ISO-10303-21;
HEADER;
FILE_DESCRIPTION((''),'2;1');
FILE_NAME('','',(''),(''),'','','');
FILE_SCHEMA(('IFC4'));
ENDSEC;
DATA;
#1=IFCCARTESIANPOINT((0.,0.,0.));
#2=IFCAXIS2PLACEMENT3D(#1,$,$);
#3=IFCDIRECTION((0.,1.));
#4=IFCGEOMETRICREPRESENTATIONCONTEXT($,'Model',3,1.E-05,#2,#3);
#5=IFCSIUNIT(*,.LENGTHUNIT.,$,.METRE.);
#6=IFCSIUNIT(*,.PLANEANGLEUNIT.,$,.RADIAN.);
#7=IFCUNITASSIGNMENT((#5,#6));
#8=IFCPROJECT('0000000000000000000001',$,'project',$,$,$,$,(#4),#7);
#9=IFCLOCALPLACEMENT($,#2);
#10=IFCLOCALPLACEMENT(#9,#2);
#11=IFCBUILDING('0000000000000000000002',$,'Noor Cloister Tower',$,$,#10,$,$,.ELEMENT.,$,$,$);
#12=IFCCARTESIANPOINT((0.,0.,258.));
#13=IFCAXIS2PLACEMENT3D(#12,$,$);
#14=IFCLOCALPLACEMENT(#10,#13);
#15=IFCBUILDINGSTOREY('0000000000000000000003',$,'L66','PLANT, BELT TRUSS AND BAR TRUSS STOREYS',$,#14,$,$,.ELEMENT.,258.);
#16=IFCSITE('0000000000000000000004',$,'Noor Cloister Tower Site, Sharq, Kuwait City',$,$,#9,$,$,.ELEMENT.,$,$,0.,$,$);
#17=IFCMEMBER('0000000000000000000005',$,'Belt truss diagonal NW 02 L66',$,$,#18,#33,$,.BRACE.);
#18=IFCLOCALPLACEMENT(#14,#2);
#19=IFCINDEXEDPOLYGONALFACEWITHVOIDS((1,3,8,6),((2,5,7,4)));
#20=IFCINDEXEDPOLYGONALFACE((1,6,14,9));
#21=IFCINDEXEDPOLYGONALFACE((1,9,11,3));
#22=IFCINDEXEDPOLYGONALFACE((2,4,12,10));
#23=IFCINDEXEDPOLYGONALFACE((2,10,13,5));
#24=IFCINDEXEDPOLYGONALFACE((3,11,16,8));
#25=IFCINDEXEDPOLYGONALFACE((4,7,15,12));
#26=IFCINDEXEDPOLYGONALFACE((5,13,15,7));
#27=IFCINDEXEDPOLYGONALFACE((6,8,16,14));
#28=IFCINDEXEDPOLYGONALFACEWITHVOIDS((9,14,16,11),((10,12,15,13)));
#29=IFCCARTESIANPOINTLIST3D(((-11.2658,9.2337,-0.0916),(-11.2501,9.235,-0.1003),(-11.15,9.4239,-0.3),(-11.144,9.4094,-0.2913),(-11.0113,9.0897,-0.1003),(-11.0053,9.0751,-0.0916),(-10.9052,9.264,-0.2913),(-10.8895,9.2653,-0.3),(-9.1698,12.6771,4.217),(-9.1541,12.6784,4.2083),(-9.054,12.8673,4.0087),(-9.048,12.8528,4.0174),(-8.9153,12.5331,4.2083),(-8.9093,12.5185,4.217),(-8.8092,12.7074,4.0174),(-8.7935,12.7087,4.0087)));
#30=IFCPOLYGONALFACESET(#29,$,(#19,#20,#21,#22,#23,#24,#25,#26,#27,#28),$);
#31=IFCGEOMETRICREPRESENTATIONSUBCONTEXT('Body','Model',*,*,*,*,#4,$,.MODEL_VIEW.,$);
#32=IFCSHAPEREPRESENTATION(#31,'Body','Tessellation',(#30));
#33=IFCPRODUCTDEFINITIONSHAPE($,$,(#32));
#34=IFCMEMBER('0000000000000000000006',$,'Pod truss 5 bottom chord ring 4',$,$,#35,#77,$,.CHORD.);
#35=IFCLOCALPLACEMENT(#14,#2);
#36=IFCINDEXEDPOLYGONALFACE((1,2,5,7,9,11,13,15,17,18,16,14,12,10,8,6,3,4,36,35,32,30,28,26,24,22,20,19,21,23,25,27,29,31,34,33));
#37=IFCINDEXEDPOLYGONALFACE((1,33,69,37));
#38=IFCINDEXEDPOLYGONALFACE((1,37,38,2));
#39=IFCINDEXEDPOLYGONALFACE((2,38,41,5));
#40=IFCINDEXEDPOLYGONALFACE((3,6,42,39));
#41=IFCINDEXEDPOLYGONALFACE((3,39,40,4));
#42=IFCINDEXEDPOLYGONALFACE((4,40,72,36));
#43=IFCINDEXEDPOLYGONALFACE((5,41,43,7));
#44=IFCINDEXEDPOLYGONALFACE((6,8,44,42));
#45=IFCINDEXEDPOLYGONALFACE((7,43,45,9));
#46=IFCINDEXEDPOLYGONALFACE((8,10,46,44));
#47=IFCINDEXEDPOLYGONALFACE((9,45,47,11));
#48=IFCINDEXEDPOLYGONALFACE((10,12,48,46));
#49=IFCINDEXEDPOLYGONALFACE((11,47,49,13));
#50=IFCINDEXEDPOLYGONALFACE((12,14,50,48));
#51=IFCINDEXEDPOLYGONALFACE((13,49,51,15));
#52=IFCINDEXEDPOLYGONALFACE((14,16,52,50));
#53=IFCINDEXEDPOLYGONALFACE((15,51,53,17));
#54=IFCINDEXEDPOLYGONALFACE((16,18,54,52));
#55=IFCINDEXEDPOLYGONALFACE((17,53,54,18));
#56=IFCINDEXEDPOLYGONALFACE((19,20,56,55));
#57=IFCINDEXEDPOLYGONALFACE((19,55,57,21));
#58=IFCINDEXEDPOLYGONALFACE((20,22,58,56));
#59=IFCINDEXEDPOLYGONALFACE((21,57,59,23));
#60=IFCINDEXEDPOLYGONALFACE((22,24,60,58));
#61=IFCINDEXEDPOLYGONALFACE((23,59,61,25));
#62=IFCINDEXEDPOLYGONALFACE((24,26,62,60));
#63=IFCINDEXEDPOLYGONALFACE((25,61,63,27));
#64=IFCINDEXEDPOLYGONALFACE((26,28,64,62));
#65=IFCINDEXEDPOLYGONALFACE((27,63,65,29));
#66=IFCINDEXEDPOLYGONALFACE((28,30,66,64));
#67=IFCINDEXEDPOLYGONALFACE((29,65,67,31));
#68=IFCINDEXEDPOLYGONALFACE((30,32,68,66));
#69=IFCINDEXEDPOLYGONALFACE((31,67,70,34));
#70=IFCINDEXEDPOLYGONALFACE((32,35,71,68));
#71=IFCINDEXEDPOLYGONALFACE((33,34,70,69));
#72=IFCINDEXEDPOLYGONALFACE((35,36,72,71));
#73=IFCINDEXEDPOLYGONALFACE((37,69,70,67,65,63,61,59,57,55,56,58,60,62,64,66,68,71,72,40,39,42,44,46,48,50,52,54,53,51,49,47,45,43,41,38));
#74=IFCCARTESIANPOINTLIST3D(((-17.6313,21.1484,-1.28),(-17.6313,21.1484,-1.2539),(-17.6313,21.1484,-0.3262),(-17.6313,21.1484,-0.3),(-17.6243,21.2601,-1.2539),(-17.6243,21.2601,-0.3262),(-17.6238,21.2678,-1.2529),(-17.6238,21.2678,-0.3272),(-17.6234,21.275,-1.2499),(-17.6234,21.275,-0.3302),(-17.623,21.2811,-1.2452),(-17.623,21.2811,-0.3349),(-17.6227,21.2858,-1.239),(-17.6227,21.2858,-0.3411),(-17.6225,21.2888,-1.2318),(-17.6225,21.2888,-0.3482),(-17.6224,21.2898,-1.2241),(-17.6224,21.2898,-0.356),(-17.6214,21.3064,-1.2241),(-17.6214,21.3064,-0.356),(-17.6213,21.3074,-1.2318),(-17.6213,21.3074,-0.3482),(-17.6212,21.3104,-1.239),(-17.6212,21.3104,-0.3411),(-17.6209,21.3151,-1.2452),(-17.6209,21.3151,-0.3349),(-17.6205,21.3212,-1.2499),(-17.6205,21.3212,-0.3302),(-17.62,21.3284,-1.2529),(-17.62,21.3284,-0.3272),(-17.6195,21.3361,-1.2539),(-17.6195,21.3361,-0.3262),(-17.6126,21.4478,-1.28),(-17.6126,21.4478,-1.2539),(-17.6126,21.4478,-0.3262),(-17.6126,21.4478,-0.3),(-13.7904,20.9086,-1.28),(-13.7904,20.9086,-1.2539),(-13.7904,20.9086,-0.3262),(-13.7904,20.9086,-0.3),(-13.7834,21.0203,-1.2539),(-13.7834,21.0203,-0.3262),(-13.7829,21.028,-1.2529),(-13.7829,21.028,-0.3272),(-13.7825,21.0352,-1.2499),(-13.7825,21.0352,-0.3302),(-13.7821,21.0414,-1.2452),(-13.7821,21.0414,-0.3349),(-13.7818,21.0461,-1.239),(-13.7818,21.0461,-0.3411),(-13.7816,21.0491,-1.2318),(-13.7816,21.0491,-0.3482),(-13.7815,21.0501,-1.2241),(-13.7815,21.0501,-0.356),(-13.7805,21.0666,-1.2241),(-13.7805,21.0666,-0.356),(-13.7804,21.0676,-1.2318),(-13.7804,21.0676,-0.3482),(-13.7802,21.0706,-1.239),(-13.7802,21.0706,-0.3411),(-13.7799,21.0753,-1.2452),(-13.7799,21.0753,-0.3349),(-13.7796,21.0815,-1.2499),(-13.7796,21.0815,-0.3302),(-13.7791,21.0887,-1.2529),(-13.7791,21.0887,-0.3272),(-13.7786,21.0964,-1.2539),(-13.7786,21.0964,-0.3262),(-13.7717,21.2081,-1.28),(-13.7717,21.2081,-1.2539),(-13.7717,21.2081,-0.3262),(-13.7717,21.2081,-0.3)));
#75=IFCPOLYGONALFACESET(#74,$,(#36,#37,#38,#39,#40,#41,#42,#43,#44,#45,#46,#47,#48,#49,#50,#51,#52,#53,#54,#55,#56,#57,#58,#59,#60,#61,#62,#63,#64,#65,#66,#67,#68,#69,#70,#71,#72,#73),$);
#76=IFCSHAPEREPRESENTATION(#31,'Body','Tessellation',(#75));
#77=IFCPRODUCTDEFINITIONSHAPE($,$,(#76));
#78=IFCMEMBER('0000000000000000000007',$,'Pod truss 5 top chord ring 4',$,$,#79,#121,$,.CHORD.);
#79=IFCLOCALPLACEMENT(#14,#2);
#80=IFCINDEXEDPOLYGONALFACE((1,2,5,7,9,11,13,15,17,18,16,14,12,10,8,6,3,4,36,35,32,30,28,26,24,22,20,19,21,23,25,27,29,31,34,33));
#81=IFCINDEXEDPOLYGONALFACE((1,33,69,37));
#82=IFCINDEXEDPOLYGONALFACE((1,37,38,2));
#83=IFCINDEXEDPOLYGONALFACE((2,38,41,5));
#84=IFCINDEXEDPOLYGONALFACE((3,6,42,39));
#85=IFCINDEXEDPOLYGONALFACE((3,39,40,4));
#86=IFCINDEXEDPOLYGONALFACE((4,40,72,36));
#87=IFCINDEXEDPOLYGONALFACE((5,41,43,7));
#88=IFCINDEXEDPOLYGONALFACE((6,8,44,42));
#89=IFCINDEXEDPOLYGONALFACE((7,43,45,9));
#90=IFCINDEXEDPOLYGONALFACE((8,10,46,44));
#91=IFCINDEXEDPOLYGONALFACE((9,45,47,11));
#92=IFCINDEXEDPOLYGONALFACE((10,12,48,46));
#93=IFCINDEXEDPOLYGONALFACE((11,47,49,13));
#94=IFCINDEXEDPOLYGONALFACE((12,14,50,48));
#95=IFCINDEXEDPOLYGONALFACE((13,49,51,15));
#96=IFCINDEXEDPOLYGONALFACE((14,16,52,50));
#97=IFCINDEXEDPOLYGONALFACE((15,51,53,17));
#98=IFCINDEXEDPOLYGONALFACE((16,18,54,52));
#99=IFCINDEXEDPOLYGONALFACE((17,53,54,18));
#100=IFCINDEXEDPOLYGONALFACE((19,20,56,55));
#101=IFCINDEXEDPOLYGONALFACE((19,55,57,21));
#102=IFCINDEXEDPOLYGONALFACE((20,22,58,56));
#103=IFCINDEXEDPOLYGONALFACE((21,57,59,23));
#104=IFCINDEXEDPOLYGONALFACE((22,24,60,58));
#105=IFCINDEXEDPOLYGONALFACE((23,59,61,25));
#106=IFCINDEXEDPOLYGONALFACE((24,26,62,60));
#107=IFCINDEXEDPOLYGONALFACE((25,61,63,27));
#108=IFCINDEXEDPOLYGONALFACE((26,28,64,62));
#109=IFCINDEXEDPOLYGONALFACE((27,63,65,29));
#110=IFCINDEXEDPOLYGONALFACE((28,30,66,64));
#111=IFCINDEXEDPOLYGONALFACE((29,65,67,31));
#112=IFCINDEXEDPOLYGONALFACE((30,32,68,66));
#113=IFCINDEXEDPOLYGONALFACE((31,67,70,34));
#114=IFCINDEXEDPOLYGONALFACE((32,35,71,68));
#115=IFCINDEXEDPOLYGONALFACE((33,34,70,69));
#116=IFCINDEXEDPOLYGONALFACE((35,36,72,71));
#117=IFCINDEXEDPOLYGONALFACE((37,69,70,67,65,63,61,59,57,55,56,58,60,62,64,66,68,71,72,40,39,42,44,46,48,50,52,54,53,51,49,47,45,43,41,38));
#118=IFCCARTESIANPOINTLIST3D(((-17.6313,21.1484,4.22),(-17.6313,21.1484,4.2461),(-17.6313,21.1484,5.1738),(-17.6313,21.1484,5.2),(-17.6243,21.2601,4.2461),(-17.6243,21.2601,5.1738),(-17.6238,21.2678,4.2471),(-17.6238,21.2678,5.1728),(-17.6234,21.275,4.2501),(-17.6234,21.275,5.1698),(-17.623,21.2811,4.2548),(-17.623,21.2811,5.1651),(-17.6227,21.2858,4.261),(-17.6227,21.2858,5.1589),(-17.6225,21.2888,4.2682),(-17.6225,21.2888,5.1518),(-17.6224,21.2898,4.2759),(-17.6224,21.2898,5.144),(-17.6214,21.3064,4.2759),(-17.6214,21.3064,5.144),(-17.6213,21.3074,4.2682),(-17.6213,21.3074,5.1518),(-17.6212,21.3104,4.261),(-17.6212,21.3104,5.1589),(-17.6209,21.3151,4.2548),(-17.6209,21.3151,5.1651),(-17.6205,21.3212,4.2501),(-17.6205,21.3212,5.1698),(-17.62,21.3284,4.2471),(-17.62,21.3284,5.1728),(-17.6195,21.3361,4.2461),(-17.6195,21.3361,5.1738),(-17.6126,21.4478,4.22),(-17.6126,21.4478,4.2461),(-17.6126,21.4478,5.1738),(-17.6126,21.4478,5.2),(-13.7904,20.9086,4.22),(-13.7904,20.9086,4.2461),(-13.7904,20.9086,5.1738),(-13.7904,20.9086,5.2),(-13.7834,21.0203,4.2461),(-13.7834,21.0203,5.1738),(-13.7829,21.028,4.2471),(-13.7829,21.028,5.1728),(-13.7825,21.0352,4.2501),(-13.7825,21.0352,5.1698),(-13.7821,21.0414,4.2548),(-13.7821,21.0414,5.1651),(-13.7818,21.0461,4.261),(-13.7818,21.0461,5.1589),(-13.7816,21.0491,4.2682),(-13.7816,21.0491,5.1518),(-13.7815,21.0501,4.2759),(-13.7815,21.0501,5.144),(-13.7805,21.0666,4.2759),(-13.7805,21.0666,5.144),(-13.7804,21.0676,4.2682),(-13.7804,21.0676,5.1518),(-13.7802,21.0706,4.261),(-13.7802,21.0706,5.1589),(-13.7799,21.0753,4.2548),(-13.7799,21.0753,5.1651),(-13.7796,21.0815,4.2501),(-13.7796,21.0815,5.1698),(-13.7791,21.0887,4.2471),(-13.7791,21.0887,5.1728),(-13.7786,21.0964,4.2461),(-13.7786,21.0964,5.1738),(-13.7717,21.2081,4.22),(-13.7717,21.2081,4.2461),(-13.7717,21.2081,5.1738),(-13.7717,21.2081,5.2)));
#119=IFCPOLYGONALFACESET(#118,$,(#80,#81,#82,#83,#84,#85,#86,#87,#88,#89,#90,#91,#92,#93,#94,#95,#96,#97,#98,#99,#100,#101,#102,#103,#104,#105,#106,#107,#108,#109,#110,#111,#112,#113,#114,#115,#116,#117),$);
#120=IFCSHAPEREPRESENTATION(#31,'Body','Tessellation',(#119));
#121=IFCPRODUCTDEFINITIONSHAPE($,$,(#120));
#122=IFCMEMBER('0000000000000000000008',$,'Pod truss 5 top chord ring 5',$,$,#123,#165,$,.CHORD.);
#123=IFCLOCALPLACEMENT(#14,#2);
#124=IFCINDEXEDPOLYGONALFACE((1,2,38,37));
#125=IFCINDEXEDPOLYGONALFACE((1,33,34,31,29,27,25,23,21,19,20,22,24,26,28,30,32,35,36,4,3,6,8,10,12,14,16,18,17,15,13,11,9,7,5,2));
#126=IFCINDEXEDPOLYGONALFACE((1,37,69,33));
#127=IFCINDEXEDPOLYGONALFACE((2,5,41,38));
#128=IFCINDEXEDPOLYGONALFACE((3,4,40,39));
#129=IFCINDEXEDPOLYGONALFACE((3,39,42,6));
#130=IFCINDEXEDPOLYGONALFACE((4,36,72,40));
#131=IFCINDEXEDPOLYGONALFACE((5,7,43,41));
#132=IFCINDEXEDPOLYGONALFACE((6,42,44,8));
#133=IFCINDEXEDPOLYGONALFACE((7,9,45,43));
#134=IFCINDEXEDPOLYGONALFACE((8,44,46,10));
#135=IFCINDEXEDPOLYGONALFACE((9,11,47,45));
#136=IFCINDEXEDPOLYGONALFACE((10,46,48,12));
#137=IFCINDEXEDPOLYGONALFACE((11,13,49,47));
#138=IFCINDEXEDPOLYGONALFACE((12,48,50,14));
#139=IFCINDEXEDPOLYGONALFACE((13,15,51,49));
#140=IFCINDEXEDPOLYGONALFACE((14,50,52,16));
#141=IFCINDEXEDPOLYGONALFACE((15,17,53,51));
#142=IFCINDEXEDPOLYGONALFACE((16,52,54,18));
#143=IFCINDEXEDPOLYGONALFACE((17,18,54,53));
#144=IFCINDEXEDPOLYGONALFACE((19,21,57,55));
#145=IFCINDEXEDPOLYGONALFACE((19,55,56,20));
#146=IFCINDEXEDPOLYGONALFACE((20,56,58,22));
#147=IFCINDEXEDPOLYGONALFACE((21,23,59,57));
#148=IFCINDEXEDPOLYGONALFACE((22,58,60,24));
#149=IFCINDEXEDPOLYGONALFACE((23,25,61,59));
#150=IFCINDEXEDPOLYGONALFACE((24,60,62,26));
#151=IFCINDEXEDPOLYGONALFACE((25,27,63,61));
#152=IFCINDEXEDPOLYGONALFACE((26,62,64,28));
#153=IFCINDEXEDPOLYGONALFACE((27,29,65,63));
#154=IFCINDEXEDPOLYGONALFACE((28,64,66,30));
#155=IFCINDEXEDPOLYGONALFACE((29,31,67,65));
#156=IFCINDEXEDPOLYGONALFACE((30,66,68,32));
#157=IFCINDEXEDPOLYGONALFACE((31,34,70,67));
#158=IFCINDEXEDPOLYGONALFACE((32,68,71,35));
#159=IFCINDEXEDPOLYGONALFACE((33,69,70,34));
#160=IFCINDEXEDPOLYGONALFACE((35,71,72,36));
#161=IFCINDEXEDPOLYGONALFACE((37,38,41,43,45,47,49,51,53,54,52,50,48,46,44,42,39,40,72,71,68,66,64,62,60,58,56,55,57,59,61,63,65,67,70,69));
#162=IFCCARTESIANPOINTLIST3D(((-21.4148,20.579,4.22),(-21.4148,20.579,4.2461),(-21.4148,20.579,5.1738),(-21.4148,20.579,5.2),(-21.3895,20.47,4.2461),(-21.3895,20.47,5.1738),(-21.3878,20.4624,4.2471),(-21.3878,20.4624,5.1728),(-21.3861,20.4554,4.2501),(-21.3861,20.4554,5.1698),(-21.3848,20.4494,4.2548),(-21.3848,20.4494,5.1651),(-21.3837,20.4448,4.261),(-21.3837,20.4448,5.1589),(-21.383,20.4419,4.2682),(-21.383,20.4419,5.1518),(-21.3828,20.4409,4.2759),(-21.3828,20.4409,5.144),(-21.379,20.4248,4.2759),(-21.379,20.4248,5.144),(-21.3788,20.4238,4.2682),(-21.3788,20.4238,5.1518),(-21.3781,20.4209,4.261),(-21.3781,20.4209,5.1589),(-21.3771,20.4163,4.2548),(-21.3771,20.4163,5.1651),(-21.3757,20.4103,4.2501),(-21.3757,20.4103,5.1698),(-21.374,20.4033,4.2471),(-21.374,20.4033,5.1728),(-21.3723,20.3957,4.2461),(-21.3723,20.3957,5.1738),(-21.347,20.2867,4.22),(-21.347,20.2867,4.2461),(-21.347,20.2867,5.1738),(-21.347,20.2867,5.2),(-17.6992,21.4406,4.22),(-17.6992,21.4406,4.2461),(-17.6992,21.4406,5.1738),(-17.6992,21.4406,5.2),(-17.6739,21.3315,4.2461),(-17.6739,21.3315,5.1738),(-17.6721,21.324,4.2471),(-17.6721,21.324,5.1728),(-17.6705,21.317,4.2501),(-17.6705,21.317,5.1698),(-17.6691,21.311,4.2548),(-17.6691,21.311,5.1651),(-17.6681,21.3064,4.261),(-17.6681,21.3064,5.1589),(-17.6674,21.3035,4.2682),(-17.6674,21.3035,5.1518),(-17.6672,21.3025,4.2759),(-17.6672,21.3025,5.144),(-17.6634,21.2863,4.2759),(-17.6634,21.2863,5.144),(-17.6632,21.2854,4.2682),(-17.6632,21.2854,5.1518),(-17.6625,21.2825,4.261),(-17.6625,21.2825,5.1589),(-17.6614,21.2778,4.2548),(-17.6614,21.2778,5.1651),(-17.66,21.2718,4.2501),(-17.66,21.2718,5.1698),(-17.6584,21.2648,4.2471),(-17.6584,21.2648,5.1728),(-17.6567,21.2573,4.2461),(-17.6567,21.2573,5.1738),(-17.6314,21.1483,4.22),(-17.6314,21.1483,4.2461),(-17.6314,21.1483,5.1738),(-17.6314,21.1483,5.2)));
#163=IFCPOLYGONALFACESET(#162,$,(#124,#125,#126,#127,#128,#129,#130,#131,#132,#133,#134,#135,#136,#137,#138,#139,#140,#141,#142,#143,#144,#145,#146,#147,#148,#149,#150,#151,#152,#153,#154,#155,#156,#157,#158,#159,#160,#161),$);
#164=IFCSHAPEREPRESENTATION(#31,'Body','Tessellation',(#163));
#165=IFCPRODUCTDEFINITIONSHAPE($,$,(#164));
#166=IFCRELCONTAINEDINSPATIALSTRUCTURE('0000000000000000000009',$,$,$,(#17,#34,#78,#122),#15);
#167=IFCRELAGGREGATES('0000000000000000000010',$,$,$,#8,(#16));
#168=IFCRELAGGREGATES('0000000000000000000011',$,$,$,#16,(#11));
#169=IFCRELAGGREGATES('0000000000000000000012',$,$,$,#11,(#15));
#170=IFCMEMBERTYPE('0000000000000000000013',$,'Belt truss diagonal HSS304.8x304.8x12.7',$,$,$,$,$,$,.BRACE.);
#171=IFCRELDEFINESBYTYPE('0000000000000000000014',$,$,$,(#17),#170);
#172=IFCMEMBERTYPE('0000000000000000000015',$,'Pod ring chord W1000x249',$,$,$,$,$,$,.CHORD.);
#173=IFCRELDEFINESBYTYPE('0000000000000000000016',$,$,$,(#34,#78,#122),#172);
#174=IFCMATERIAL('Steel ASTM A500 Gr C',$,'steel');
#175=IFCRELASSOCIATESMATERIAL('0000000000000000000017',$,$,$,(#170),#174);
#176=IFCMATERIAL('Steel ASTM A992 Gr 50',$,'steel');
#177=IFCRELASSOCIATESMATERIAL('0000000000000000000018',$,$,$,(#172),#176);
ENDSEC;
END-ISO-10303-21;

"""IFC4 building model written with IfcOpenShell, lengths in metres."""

from ifc_helpers import new_model, si_unit, direction, frame, origin, origin_2d, place, context, subcontext, project, spatial, hollow_rectangle, i_section, extrude, material, material_profile, profile_set, type_object, element, save


model = new_model("IFC4")

# Units and contexts
model_context = context("Model", 3, precision=1e-05, world=origin(), true_north=direction((0.0, 1.0)))
body_context = subcontext(model_context, "Body", "Model", "MODEL_VIEW")
ifc_project = project(units=[si_unit("LENGTHUNIT", "METRE"), si_unit("PLANEANGLEUNIT", "RADIAN")], contexts=[model_context])

# Site, building, storey
site_placement = place(None, origin())
site = spatial("IfcSite", under=ifc_project, at=site_placement, Name="Noor Cloister Tower Site, Sharq, Kuwait City", CompositionType="ELEMENT", RefElevation=0.0)
building_placement = place(site_placement, origin())
building = spatial("IfcBuilding", under=site, at=building_placement, Name="Noor Cloister Tower", CompositionType="ELEMENT")
storey_placement = place(building_placement, frame((0.0, 0.0, 258.0)))
storey = spatial("IfcBuildingStorey", under=building, at=storey_placement, Name="L66", Description="PLANT, BELT TRUSS AND BAR TRUSS STOREYS", CompositionType="ELEMENT", Elevation=258.0)

# Members
ifc_material_1 = material(Name="Steel ASTM A500 Gr C", Category="steel")
ifc_material_profile_1 = material_profile(ifc_material_1, hollow_rectangle(XDim=0.3049, YDim=0.3049, WallThickness=0.0127, at=origin_2d()), Name="HSS304.8x304.8x12.7")
ifc_profile_set_1 = profile_set([ifc_material_profile_1], Name="Steel ASTM A500 Gr C")
member_type_1 = type_object("IfcMemberType", Name="Belt truss diagonal HSS304.8x304.8x12.7", PredefinedType="BRACE", material=ifc_profile_set_1)
member_1_placement = place(storey_placement, frame((-11.0776, 9.2495, -0.1958), z_axis=(0.355226, 0.583589, 0.730231), x_axis=(-0.8542, 0.519945, 0.0)))
element("IfcMember", 1, at=member_1_placement, inside=storey, type_object=member_type_1, Name="Belt truss diagonal NW 02 L66", PredefinedType="BRACE", context=body_context, shape_type="SweptSolid", body=[
    extrude(hollow_rectangle(XDim=0.3049, YDim=0.3049, WallThickness=0.0127, at=origin_2d()), origin(), (0.0, 0.0, 1.0), 5.9004),
])
ifc_material_2 = material(Name="Steel ASTM A992 Gr 50", Category="steel")
ifc_material_profile_2 = material_profile(ifc_material_2, i_section(OverallWidth=0.3, OverallDepth=0.98, WebThickness=0.0166, FlangeThickness=0.0261, FilletRadius=0.0298, at=origin_2d()), Name="W1000x249")
ifc_profile_set_2 = profile_set([ifc_material_profile_2], Name="Steel ASTM A992 Gr 50")
member_type_2 = type_object("IfcMemberType", Name="Pod ring chord W1000x249", PredefinedType="CHORD", material=ifc_profile_set_2)
for number, where, z_axis, x_axis, name in (
    (2, (-13.781, 21.0583, -0.79), (-0.998058, 0.062299, 0.0), (-0.062299, -0.998058, 0.0), "Pod truss 5 bottom chord ring 4"),
    (3, (-13.781, 21.0583, 4.71), (-0.998058, 0.062299, 0.0), (-0.062299, -0.998058, 0.0), "Pod truss 5 top chord ring 4"),
):
    element("IfcMember", number, at=place(storey_placement, frame(where, z_axis=z_axis, x_axis=x_axis)), inside=storey, type_object=member_type_2, Name=name, PredefinedType="CHORD", context=body_context, shape_type="SweptSolid", body=[
        extrude(i_section(OverallWidth=0.3, OverallDepth=0.98, WebThickness=0.0166, FlangeThickness=0.0261, FilletRadius=0.0298, at=origin_2d()), origin(), (0.0, 0.0, 1.0), 3.8484),
    ])
member_2_placement = place(storey_placement, frame((-17.6653, 21.2944, 4.71), z_axis=(-0.974153, -0.225888, 0.0), x_axis=(0.225888, -0.974153, 0.0)))
element("IfcMember", 4, at=member_2_placement, inside=storey, type_object=member_type_2, Name="Pod truss 5 top chord ring 5", PredefinedType="CHORD", context=body_context, shape_type="SweptSolid", body=[
    extrude(i_section(OverallWidth=0.3, OverallDepth=0.98, WebThickness=0.0166, FlangeThickness=0.0261, FilletRadius=0.0298, at=origin_2d()), origin(), (0.0, 0.0, 1.0), 3.8142),
])

save(model, "model.ifc")
